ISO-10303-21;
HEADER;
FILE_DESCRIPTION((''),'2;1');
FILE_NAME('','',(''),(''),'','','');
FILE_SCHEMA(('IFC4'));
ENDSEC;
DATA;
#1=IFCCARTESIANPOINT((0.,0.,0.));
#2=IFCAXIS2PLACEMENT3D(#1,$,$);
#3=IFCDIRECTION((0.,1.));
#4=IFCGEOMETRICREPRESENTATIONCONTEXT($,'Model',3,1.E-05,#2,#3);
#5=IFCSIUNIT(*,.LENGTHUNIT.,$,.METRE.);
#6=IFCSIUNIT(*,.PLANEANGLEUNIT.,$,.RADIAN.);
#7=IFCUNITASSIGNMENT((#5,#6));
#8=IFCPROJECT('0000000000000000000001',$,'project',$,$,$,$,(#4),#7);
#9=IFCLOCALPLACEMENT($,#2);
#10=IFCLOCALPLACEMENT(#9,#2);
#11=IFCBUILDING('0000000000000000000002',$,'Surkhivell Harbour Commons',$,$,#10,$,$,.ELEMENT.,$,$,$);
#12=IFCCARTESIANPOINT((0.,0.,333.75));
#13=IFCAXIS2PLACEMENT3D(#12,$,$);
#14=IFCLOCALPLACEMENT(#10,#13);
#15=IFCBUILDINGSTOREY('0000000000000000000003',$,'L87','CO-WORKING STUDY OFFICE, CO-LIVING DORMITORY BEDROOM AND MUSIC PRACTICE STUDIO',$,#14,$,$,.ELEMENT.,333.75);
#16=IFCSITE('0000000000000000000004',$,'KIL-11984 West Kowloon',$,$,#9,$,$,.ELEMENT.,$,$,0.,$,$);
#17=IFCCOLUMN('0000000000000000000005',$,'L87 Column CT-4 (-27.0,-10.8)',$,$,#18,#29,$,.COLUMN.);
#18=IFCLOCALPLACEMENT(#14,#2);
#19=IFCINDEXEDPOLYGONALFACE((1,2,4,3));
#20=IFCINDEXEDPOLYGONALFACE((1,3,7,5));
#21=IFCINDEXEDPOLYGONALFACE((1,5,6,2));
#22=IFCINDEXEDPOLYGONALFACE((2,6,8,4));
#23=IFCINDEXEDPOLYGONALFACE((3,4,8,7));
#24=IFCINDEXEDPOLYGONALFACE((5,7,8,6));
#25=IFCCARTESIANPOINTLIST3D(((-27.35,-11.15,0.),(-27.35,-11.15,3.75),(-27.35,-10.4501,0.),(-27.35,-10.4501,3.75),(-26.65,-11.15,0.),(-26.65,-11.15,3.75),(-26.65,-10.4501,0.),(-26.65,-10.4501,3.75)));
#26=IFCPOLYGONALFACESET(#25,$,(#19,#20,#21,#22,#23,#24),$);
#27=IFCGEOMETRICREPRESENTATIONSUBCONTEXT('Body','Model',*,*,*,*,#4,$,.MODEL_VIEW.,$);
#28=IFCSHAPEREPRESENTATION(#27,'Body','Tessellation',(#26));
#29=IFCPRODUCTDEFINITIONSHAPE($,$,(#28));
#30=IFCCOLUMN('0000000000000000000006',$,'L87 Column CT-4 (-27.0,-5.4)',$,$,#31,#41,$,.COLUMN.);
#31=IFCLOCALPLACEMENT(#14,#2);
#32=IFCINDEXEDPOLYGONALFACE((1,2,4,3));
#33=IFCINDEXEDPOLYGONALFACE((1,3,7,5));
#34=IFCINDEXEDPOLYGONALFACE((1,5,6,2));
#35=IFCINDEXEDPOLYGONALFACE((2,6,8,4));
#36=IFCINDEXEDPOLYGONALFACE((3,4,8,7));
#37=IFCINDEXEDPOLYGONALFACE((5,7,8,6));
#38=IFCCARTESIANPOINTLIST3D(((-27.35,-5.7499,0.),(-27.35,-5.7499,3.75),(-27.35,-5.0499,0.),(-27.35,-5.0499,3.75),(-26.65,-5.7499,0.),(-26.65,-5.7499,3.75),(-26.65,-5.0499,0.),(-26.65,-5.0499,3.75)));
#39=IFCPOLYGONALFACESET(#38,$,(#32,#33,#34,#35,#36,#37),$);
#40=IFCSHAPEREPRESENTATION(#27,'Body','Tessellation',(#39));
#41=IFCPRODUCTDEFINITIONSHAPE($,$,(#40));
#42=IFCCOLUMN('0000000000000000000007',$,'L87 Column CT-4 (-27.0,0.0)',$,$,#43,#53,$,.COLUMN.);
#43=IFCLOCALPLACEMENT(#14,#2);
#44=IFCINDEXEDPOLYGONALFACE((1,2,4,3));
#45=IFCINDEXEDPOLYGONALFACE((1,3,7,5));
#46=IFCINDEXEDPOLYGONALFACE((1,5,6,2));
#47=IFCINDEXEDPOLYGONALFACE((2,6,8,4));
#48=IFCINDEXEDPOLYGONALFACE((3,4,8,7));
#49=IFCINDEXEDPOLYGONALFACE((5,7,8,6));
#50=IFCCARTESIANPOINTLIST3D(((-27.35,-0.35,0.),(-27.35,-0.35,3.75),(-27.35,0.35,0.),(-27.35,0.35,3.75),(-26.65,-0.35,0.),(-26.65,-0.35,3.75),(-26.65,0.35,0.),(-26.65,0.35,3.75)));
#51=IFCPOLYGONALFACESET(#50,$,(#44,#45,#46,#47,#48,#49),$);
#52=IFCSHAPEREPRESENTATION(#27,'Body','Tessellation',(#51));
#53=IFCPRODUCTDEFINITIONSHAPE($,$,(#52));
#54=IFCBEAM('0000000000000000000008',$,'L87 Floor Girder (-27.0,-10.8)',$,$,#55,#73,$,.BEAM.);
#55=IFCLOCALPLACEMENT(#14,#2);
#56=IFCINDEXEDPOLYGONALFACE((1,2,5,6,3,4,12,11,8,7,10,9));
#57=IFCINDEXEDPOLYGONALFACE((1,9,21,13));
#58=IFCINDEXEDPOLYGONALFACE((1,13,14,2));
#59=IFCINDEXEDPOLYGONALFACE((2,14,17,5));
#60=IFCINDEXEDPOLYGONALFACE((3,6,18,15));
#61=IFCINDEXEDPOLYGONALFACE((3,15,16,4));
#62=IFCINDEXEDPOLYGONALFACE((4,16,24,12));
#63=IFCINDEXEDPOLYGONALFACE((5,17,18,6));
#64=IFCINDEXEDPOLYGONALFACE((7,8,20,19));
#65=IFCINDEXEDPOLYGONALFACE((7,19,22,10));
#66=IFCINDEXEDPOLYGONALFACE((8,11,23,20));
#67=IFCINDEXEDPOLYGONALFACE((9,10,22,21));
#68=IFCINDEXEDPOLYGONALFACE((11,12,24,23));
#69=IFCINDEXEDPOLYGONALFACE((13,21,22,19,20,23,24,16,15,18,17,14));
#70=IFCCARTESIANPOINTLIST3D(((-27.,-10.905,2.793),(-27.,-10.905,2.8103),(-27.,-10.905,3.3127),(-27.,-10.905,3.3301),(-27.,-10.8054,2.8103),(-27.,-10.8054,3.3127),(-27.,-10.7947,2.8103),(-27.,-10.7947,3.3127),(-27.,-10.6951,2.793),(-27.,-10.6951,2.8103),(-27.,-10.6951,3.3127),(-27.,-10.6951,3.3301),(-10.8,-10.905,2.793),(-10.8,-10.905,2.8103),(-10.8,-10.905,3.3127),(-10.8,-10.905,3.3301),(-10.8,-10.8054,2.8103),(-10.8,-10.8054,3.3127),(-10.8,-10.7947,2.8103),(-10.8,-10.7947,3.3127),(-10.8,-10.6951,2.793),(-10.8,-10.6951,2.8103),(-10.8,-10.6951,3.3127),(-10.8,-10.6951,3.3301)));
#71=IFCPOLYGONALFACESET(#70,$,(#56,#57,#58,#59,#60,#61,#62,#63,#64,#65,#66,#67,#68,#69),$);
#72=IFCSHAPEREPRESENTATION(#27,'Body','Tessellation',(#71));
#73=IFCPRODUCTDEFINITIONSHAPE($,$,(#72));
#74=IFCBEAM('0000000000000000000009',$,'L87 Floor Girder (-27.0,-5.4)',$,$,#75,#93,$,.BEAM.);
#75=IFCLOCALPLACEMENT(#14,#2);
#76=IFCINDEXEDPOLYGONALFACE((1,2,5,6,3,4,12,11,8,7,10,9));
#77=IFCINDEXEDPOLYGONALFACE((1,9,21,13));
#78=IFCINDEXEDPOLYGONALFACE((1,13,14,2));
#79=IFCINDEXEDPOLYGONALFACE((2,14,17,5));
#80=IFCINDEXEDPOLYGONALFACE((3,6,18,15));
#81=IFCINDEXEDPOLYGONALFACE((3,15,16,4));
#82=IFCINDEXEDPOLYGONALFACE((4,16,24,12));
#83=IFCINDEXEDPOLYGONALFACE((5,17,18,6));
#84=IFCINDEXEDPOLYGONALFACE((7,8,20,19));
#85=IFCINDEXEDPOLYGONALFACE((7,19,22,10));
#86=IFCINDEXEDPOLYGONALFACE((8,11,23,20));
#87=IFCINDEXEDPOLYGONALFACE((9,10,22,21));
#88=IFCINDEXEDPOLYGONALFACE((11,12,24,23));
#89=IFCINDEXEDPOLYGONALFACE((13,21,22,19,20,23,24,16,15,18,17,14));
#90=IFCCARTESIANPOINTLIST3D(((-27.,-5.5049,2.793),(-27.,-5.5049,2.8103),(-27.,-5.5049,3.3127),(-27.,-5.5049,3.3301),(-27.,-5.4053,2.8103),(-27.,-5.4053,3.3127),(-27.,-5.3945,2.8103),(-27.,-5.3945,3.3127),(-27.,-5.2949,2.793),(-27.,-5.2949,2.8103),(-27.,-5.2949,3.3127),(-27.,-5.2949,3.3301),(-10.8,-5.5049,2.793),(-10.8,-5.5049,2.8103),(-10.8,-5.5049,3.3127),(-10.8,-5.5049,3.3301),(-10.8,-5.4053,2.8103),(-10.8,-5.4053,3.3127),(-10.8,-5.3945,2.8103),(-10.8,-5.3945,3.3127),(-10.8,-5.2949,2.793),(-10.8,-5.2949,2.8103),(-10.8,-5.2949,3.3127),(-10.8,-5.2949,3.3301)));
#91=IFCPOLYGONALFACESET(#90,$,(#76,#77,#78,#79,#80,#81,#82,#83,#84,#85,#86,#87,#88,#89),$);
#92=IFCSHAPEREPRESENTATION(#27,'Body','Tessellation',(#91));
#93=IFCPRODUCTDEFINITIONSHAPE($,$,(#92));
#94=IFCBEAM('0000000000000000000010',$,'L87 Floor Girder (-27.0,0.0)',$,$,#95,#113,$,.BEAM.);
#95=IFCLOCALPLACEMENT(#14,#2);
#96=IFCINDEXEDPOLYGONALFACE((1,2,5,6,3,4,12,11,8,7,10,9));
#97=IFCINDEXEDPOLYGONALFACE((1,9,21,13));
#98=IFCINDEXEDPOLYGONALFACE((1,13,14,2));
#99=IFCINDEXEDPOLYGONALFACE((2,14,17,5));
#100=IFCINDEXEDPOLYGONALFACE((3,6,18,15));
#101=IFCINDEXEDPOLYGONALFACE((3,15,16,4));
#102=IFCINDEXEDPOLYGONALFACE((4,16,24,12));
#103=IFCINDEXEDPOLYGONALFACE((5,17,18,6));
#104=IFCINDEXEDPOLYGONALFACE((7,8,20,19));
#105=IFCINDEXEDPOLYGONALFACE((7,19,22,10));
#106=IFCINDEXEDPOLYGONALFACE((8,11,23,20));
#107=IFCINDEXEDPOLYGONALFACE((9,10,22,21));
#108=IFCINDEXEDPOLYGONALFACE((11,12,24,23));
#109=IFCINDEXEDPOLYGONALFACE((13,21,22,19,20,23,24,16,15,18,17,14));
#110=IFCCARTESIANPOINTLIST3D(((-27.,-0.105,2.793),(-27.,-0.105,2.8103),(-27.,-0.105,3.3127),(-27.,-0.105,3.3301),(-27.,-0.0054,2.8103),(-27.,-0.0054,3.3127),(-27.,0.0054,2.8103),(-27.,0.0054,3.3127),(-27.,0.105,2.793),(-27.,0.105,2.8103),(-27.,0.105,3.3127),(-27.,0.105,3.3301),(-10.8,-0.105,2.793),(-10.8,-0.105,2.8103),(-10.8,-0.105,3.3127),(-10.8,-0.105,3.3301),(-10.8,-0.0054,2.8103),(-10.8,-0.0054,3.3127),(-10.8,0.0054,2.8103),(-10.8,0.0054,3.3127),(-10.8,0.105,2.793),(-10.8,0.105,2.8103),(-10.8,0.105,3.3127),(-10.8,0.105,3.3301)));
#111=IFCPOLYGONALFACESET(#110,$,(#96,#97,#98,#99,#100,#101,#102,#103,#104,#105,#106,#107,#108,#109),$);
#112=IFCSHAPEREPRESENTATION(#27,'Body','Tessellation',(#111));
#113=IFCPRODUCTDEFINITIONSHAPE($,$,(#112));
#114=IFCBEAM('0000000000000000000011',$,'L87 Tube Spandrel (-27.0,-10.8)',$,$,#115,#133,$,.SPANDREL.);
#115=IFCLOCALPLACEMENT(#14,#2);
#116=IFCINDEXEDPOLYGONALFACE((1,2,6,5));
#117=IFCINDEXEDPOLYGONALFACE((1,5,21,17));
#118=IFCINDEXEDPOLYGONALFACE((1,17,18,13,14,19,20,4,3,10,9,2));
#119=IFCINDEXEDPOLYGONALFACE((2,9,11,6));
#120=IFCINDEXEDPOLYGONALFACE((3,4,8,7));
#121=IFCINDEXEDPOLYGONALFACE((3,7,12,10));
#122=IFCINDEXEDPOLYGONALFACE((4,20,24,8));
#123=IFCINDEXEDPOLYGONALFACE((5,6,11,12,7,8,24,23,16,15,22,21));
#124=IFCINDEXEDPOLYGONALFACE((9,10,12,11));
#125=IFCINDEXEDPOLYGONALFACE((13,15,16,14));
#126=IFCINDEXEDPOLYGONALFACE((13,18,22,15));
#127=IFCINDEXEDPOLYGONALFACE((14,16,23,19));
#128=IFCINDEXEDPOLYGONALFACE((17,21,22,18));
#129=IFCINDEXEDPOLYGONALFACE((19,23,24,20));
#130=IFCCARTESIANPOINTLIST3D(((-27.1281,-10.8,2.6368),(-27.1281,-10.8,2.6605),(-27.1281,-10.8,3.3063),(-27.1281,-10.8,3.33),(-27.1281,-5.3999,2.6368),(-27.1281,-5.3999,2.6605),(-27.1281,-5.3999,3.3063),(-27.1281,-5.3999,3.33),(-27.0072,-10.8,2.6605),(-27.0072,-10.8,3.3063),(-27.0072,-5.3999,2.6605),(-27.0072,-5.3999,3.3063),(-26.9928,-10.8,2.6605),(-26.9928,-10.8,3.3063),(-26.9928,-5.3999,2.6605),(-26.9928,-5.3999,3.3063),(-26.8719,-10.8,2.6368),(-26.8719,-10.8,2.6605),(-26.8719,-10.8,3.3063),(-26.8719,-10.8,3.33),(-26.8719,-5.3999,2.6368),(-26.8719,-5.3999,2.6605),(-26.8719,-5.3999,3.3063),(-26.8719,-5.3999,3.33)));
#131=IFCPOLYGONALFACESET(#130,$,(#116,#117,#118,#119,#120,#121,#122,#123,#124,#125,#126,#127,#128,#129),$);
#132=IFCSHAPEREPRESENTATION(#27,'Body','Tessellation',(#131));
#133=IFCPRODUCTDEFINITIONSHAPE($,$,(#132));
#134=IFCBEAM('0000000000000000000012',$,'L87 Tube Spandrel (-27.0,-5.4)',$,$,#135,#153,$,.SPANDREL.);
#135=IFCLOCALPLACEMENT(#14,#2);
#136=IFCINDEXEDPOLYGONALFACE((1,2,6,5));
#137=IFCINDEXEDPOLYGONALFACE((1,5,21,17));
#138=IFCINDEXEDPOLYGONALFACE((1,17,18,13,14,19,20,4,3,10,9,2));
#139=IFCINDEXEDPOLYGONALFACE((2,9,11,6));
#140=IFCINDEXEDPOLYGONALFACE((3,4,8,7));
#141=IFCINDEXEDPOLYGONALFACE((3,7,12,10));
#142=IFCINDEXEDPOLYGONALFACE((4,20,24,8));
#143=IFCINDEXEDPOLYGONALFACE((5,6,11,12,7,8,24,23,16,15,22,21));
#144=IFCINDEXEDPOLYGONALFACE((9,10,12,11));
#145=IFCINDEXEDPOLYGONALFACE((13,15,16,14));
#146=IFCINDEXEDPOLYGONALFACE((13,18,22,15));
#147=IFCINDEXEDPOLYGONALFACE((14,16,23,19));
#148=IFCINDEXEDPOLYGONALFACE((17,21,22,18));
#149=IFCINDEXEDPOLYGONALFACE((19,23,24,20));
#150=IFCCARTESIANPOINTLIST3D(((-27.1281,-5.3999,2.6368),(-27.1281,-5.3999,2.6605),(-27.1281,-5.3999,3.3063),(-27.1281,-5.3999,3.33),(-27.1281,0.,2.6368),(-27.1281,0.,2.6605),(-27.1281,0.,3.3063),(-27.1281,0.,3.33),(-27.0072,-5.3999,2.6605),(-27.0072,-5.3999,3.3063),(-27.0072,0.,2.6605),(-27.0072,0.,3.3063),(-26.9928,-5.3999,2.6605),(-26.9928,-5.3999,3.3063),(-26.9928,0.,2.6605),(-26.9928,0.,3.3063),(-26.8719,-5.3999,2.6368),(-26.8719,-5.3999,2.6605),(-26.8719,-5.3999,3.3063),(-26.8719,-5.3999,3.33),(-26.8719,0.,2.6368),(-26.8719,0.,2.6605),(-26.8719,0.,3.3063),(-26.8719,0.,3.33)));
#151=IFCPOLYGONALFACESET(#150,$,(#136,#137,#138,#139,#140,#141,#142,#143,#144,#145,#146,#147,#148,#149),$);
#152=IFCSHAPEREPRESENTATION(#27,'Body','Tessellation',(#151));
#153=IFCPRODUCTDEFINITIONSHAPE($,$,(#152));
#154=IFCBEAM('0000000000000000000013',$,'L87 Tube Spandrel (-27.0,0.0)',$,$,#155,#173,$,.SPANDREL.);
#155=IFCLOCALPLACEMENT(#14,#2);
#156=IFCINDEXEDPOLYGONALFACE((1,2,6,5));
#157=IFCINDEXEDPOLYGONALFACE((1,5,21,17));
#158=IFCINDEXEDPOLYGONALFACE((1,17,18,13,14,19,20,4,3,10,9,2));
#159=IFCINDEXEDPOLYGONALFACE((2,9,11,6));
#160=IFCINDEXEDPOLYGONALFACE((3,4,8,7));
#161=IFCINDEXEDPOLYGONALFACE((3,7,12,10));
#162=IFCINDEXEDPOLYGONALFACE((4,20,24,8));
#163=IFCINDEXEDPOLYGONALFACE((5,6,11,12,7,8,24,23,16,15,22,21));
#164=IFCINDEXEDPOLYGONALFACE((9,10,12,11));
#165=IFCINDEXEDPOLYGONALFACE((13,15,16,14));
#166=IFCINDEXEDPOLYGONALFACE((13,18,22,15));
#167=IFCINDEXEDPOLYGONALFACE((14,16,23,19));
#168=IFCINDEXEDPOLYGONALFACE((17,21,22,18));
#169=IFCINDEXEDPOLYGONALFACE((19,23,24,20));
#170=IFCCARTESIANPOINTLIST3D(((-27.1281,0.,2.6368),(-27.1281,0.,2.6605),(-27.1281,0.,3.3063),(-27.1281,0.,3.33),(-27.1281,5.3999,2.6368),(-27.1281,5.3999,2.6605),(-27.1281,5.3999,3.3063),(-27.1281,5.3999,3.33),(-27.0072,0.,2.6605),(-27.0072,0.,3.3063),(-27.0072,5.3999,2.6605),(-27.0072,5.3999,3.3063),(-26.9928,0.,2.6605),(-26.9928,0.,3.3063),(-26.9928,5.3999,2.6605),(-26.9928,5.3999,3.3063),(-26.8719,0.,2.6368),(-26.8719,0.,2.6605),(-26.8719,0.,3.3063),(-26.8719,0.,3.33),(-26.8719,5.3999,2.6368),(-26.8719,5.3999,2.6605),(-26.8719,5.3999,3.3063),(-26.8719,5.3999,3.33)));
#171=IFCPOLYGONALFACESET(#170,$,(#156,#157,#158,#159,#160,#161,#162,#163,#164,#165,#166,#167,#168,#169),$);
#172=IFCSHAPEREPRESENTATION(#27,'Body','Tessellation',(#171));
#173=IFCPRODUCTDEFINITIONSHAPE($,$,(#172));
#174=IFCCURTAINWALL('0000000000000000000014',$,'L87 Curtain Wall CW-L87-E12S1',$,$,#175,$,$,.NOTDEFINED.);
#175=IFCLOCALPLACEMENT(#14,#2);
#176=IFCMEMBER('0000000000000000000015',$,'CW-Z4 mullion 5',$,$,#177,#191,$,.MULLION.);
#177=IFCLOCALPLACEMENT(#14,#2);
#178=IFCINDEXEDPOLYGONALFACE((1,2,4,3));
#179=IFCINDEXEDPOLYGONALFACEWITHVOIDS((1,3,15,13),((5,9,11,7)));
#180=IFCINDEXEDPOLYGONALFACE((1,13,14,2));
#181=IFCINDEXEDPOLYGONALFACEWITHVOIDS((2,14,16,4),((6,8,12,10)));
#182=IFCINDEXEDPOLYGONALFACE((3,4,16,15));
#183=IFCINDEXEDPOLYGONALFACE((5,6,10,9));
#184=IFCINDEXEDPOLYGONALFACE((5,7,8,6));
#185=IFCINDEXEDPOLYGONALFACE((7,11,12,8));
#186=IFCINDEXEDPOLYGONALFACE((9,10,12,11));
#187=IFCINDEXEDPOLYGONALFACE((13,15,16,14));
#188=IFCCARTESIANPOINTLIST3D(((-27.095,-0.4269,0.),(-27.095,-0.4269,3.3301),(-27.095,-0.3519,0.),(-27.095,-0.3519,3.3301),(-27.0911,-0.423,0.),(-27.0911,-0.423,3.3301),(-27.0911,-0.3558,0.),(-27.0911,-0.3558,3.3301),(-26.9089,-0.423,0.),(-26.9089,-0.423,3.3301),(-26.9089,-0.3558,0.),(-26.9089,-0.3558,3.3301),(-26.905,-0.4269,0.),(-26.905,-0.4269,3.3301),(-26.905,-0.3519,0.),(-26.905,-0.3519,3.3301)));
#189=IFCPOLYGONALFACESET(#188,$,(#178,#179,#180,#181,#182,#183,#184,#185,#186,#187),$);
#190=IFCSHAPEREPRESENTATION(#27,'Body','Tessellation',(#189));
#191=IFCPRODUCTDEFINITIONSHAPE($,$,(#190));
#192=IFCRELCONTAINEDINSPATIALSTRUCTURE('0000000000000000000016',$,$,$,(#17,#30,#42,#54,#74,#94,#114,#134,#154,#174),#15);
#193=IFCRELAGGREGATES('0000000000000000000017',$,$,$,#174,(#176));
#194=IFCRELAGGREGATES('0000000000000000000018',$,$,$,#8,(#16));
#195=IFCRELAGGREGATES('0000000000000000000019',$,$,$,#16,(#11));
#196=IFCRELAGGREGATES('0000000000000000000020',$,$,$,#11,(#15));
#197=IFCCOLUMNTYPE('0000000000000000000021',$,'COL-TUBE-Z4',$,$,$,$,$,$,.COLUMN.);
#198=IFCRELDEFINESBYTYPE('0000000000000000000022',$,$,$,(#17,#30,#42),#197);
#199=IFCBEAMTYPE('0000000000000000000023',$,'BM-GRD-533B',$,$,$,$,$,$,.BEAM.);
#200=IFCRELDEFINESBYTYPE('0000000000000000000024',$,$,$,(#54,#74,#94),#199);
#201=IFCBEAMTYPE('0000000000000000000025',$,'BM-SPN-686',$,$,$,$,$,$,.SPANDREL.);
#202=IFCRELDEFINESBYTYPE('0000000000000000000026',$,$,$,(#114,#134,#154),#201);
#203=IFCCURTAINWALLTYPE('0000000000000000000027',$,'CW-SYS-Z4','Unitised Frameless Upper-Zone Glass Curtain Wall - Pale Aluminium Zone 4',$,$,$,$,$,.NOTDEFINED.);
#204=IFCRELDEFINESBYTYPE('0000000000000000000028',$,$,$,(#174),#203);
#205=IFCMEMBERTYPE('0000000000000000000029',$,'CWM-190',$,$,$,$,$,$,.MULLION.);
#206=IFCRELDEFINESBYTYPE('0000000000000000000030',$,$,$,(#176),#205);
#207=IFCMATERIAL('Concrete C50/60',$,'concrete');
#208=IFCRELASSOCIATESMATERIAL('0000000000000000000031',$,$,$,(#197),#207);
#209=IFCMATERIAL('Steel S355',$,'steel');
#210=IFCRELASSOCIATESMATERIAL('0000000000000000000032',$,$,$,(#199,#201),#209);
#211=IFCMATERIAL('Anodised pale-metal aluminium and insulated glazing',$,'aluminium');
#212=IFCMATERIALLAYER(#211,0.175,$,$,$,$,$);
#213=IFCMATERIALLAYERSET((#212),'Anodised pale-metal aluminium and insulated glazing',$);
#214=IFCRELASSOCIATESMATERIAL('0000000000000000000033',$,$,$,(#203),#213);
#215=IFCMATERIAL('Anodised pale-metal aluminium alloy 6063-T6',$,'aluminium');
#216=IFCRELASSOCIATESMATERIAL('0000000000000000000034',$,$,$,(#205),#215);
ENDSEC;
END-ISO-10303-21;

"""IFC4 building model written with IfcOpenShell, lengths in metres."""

from ifc_helpers import new_model, si_unit, direction, frame, origin, origin_2d, place, context, subcontext, project, spatial, rectangle, hollow_rectangle, i_section, extrude, material, layer, layer_set, material_profile, profile_set, type_object, element, aggregate, save


model = new_model("IFC4")

# Units and contexts
model_context = context("Model", 3, precision=1e-05, world=origin(), true_north=direction((0.0, 1.0)))
body_context = subcontext(model_context, "Body", "Model", "MODEL_VIEW")
ifc_project = project(units=[si_unit("LENGTHUNIT", "METRE"), si_unit("PLANEANGLEUNIT", "RADIAN")], contexts=[model_context])

# Site, building, storey
site_placement = place(None, origin())
site = spatial("IfcSite", under=ifc_project, at=site_placement, Name="KIL-11984 West Kowloon", CompositionType="ELEMENT", RefElevation=0.0)
building_placement = place(site_placement, origin())
building = spatial("IfcBuilding", under=site, at=building_placement, Name="Surkhivell Harbour Commons", CompositionType="ELEMENT")
storey_placement = place(building_placement, frame((0.0, 0.0, 333.75)))
storey = spatial("IfcBuildingStorey", under=building, at=storey_placement, Name="L87", Description="CO-WORKING STUDY OFFICE, CO-LIVING DORMITORY BEDROOM AND MUSIC PRACTICE STUDIO", CompositionType="ELEMENT", Elevation=333.75)

# Columns
ifc_material_1 = material(Name="Concrete C50/60", Category="concrete")
ifc_material_profile_1 = material_profile(ifc_material_1, rectangle(XDim=0.7, YDim=0.7, at=origin_2d()), Name="RC-COL-700x700")
ifc_profile_set_1 = profile_set([ifc_material_profile_1], Name="Concrete C50/60")
column_type = type_object("IfcColumnType", Name="COL-TUBE-Z4", PredefinedType="COLUMN", material=ifc_profile_set_1)
for number, where, z_axis, x_axis, name in (
    (1, (-27.0, -10.8, 0.0), (0.0, 0.0, 1.0), (1.0, 0.0, 0.0), "L87 Column CT-4 (-27.0,-10.8)"),
    (2, (-27.0, -5.3999, 0.0), (0.0, 0.0, 1.0), (1.0, 0.0, 0.0), "L87 Column CT-4 (-27.0,-5.4)"),
    (3, (-27.0, 0.0, 0.0), (0.0, 0.0, 1.0), (1.0, 0.0, 0.0), "L87 Column CT-4 (-27.0,0.0)"),
):
    element("IfcColumn", number, at=place(storey_placement, frame(where, z_axis=z_axis, x_axis=x_axis)), inside=storey, type_object=column_type, Name=name, PredefinedType="COLUMN", context=body_context, shape_type="SweptSolid", body=[
        extrude(rectangle(XDim=0.7, YDim=0.7, at=origin_2d()), origin(), (0.0, 0.0, 1.0), 3.75),
    ])

# Beams
ifc_material_2 = material(Name="Steel S355", Category="steel")
ifc_material_profile_2 = material_profile(ifc_material_2, i_section(OverallWidth=0.21, OverallDepth=0.5371, WebThickness=0.0107, FlangeThickness=0.0173, at=origin_2d()), Name="UB533x210x101")
ifc_profile_set_2 = profile_set([ifc_material_profile_2], Name="Steel S355")
beam_type_1 = type_object("IfcBeamType", Name="BM-GRD-533B", PredefinedType="BEAM", material=ifc_profile_set_2)
for number, where, z_axis, x_axis, name in (
    (4, (-27.0, -10.8, 3.0615), (1.0, 0.0, 0.0), (0.0, 1.0, 0.0), "L87 Floor Girder (-27.0,-10.8)"),
    (5, (-27.0, -5.3999, 3.0615), (1.0, 0.0, 0.0), (0.0, 1.0, 0.0), "L87 Floor Girder (-27.0,-5.4)"),
    (6, (-27.0, 0.0, 3.0615), (1.0, 0.0, 0.0), (0.0, 1.0, 0.0), "L87 Floor Girder (-27.0,0.0)"),
):
    element("IfcBeam", number, at=place(storey_placement, frame(where, z_axis=z_axis, x_axis=x_axis)), inside=storey, type_object=beam_type_1, Name=name, PredefinedType="BEAM", context=body_context, shape_type="SweptSolid", body=[
        extrude(i_section(OverallWidth=0.21, OverallDepth=0.5371, WebThickness=0.0107, FlangeThickness=0.0173, at=origin_2d()), origin(), (0.0, 0.0, 1.0), 16.2),
    ])
ifc_material_profile_3 = material_profile(ifc_material_2, i_section(OverallWidth=0.2561, OverallDepth=0.6931, WebThickness=0.0144, FlangeThickness=0.0237, at=origin_2d()), Name="UB686x254x170")
ifc_profile_set_3 = profile_set([ifc_material_profile_3], Name="Steel S355")
beam_type_2 = type_object("IfcBeamType", Name="BM-SPN-686", PredefinedType="SPANDREL", material=ifc_profile_set_3)
beam_placement = place(storey_placement, frame((-27.0, -10.8, 2.9834), z_axis=(0.0, 1.0, 0.0), x_axis=(-1.0, 0.0, 0.0)))
element("IfcBeam", 7, at=beam_placement, inside=storey, type_object=beam_type_2, Name="L87 Tube Spandrel (-27.0,-10.8)", PredefinedType="SPANDREL", context=body_context, shape_type="SweptSolid", body=[
    extrude(i_section(OverallWidth=0.2561, OverallDepth=0.6931, WebThickness=0.0144, FlangeThickness=0.0237, at=origin_2d()), origin(), (0.0, 0.0, 1.0), 5.4001),
])
for number, where, z_axis, x_axis, name in (
    (8, (-27.0, -5.3999, 2.9834), (0.0, 1.0, 0.0), (-1.0, 0.0, 0.0), "L87 Tube Spandrel (-27.0,-5.4)"),
    (9, (-27.0, 0.0, 2.9834), (0.0, 1.0, 0.0), (-1.0, 0.0, 0.0), "L87 Tube Spandrel (-27.0,0.0)"),
):
    element("IfcBeam", number, at=place(storey_placement, frame(where, z_axis=z_axis, x_axis=x_axis)), inside=storey, type_object=beam_type_2, Name=name, PredefinedType="SPANDREL", context=body_context, shape_type="SweptSolid", body=[
        extrude(i_section(OverallWidth=0.2561, OverallDepth=0.6931, WebThickness=0.0144, FlangeThickness=0.0237, at=origin_2d()), origin(), (0.0, 0.0, 1.0), 5.3999),
    ])

# Curtain wall, member
ifc_material_3 = material(Name="Anodised pale-metal aluminium and insulated glazing", Category="aluminium")
ifc_layer_1 = layer(ifc_material_3, 0.175)
ifc_layer_set_1 = layer_set([ifc_layer_1], Name="Anodised pale-metal aluminium and insulated glazing")
curtain_wall_type = type_object("IfcCurtainWallType", Name="CW-SYS-Z4", Description="Unitised Frameless Upper-Zone Glass Curtain Wall - Pale Aluminium Zone 4", PredefinedType="NOTDEFINED", material=ifc_layer_set_1)
curtain_wall_placement = place(storey_placement, origin())
curtain_wall = element("IfcCurtainWall", 10, at=curtain_wall_placement, inside=storey, type_object=curtain_wall_type, Name="L87 Curtain Wall CW-L87-E12S1", PredefinedType="NOTDEFINED")
ifc_material_4 = material(Name="Anodised pale-metal aluminium alloy 6063-T6", Category="aluminium")
ifc_material_profile_4 = material_profile(ifc_material_4, hollow_rectangle(XDim=0.075, YDim=0.1899, WallThickness=0.0039, at=origin_2d()), Name="ALU-MULL-75x190")
ifc_profile_set_4 = profile_set([ifc_material_profile_4], Name="Anodised pale-metal aluminium alloy 6063-T6")
member_type_1 = type_object("IfcMemberType", Name="CWM-190", PredefinedType="MULLION", material=ifc_profile_set_4)
member_1_placement = place(storey_placement, frame((-27.0, -0.3894, 0.0), z_axis=(0.0, 0.0, 1.0), x_axis=(0.0, -1.0, 0.0)))
member_1 = element("IfcMember", 11, at=member_1_placement, type_object=member_type_1, Name="CW-Z4 mullion 5", PredefinedType="MULLION", context=body_context, shape_type="SweptSolid", body=[
    extrude(hollow_rectangle(XDim=0.075, YDim=0.1899, WallThickness=0.0039, at=origin_2d()), origin(), (0.0, 0.0, 1.0), 3.3301),
])

aggregate(curtain_wall, [member_1])

save(model, "model.ifc")
